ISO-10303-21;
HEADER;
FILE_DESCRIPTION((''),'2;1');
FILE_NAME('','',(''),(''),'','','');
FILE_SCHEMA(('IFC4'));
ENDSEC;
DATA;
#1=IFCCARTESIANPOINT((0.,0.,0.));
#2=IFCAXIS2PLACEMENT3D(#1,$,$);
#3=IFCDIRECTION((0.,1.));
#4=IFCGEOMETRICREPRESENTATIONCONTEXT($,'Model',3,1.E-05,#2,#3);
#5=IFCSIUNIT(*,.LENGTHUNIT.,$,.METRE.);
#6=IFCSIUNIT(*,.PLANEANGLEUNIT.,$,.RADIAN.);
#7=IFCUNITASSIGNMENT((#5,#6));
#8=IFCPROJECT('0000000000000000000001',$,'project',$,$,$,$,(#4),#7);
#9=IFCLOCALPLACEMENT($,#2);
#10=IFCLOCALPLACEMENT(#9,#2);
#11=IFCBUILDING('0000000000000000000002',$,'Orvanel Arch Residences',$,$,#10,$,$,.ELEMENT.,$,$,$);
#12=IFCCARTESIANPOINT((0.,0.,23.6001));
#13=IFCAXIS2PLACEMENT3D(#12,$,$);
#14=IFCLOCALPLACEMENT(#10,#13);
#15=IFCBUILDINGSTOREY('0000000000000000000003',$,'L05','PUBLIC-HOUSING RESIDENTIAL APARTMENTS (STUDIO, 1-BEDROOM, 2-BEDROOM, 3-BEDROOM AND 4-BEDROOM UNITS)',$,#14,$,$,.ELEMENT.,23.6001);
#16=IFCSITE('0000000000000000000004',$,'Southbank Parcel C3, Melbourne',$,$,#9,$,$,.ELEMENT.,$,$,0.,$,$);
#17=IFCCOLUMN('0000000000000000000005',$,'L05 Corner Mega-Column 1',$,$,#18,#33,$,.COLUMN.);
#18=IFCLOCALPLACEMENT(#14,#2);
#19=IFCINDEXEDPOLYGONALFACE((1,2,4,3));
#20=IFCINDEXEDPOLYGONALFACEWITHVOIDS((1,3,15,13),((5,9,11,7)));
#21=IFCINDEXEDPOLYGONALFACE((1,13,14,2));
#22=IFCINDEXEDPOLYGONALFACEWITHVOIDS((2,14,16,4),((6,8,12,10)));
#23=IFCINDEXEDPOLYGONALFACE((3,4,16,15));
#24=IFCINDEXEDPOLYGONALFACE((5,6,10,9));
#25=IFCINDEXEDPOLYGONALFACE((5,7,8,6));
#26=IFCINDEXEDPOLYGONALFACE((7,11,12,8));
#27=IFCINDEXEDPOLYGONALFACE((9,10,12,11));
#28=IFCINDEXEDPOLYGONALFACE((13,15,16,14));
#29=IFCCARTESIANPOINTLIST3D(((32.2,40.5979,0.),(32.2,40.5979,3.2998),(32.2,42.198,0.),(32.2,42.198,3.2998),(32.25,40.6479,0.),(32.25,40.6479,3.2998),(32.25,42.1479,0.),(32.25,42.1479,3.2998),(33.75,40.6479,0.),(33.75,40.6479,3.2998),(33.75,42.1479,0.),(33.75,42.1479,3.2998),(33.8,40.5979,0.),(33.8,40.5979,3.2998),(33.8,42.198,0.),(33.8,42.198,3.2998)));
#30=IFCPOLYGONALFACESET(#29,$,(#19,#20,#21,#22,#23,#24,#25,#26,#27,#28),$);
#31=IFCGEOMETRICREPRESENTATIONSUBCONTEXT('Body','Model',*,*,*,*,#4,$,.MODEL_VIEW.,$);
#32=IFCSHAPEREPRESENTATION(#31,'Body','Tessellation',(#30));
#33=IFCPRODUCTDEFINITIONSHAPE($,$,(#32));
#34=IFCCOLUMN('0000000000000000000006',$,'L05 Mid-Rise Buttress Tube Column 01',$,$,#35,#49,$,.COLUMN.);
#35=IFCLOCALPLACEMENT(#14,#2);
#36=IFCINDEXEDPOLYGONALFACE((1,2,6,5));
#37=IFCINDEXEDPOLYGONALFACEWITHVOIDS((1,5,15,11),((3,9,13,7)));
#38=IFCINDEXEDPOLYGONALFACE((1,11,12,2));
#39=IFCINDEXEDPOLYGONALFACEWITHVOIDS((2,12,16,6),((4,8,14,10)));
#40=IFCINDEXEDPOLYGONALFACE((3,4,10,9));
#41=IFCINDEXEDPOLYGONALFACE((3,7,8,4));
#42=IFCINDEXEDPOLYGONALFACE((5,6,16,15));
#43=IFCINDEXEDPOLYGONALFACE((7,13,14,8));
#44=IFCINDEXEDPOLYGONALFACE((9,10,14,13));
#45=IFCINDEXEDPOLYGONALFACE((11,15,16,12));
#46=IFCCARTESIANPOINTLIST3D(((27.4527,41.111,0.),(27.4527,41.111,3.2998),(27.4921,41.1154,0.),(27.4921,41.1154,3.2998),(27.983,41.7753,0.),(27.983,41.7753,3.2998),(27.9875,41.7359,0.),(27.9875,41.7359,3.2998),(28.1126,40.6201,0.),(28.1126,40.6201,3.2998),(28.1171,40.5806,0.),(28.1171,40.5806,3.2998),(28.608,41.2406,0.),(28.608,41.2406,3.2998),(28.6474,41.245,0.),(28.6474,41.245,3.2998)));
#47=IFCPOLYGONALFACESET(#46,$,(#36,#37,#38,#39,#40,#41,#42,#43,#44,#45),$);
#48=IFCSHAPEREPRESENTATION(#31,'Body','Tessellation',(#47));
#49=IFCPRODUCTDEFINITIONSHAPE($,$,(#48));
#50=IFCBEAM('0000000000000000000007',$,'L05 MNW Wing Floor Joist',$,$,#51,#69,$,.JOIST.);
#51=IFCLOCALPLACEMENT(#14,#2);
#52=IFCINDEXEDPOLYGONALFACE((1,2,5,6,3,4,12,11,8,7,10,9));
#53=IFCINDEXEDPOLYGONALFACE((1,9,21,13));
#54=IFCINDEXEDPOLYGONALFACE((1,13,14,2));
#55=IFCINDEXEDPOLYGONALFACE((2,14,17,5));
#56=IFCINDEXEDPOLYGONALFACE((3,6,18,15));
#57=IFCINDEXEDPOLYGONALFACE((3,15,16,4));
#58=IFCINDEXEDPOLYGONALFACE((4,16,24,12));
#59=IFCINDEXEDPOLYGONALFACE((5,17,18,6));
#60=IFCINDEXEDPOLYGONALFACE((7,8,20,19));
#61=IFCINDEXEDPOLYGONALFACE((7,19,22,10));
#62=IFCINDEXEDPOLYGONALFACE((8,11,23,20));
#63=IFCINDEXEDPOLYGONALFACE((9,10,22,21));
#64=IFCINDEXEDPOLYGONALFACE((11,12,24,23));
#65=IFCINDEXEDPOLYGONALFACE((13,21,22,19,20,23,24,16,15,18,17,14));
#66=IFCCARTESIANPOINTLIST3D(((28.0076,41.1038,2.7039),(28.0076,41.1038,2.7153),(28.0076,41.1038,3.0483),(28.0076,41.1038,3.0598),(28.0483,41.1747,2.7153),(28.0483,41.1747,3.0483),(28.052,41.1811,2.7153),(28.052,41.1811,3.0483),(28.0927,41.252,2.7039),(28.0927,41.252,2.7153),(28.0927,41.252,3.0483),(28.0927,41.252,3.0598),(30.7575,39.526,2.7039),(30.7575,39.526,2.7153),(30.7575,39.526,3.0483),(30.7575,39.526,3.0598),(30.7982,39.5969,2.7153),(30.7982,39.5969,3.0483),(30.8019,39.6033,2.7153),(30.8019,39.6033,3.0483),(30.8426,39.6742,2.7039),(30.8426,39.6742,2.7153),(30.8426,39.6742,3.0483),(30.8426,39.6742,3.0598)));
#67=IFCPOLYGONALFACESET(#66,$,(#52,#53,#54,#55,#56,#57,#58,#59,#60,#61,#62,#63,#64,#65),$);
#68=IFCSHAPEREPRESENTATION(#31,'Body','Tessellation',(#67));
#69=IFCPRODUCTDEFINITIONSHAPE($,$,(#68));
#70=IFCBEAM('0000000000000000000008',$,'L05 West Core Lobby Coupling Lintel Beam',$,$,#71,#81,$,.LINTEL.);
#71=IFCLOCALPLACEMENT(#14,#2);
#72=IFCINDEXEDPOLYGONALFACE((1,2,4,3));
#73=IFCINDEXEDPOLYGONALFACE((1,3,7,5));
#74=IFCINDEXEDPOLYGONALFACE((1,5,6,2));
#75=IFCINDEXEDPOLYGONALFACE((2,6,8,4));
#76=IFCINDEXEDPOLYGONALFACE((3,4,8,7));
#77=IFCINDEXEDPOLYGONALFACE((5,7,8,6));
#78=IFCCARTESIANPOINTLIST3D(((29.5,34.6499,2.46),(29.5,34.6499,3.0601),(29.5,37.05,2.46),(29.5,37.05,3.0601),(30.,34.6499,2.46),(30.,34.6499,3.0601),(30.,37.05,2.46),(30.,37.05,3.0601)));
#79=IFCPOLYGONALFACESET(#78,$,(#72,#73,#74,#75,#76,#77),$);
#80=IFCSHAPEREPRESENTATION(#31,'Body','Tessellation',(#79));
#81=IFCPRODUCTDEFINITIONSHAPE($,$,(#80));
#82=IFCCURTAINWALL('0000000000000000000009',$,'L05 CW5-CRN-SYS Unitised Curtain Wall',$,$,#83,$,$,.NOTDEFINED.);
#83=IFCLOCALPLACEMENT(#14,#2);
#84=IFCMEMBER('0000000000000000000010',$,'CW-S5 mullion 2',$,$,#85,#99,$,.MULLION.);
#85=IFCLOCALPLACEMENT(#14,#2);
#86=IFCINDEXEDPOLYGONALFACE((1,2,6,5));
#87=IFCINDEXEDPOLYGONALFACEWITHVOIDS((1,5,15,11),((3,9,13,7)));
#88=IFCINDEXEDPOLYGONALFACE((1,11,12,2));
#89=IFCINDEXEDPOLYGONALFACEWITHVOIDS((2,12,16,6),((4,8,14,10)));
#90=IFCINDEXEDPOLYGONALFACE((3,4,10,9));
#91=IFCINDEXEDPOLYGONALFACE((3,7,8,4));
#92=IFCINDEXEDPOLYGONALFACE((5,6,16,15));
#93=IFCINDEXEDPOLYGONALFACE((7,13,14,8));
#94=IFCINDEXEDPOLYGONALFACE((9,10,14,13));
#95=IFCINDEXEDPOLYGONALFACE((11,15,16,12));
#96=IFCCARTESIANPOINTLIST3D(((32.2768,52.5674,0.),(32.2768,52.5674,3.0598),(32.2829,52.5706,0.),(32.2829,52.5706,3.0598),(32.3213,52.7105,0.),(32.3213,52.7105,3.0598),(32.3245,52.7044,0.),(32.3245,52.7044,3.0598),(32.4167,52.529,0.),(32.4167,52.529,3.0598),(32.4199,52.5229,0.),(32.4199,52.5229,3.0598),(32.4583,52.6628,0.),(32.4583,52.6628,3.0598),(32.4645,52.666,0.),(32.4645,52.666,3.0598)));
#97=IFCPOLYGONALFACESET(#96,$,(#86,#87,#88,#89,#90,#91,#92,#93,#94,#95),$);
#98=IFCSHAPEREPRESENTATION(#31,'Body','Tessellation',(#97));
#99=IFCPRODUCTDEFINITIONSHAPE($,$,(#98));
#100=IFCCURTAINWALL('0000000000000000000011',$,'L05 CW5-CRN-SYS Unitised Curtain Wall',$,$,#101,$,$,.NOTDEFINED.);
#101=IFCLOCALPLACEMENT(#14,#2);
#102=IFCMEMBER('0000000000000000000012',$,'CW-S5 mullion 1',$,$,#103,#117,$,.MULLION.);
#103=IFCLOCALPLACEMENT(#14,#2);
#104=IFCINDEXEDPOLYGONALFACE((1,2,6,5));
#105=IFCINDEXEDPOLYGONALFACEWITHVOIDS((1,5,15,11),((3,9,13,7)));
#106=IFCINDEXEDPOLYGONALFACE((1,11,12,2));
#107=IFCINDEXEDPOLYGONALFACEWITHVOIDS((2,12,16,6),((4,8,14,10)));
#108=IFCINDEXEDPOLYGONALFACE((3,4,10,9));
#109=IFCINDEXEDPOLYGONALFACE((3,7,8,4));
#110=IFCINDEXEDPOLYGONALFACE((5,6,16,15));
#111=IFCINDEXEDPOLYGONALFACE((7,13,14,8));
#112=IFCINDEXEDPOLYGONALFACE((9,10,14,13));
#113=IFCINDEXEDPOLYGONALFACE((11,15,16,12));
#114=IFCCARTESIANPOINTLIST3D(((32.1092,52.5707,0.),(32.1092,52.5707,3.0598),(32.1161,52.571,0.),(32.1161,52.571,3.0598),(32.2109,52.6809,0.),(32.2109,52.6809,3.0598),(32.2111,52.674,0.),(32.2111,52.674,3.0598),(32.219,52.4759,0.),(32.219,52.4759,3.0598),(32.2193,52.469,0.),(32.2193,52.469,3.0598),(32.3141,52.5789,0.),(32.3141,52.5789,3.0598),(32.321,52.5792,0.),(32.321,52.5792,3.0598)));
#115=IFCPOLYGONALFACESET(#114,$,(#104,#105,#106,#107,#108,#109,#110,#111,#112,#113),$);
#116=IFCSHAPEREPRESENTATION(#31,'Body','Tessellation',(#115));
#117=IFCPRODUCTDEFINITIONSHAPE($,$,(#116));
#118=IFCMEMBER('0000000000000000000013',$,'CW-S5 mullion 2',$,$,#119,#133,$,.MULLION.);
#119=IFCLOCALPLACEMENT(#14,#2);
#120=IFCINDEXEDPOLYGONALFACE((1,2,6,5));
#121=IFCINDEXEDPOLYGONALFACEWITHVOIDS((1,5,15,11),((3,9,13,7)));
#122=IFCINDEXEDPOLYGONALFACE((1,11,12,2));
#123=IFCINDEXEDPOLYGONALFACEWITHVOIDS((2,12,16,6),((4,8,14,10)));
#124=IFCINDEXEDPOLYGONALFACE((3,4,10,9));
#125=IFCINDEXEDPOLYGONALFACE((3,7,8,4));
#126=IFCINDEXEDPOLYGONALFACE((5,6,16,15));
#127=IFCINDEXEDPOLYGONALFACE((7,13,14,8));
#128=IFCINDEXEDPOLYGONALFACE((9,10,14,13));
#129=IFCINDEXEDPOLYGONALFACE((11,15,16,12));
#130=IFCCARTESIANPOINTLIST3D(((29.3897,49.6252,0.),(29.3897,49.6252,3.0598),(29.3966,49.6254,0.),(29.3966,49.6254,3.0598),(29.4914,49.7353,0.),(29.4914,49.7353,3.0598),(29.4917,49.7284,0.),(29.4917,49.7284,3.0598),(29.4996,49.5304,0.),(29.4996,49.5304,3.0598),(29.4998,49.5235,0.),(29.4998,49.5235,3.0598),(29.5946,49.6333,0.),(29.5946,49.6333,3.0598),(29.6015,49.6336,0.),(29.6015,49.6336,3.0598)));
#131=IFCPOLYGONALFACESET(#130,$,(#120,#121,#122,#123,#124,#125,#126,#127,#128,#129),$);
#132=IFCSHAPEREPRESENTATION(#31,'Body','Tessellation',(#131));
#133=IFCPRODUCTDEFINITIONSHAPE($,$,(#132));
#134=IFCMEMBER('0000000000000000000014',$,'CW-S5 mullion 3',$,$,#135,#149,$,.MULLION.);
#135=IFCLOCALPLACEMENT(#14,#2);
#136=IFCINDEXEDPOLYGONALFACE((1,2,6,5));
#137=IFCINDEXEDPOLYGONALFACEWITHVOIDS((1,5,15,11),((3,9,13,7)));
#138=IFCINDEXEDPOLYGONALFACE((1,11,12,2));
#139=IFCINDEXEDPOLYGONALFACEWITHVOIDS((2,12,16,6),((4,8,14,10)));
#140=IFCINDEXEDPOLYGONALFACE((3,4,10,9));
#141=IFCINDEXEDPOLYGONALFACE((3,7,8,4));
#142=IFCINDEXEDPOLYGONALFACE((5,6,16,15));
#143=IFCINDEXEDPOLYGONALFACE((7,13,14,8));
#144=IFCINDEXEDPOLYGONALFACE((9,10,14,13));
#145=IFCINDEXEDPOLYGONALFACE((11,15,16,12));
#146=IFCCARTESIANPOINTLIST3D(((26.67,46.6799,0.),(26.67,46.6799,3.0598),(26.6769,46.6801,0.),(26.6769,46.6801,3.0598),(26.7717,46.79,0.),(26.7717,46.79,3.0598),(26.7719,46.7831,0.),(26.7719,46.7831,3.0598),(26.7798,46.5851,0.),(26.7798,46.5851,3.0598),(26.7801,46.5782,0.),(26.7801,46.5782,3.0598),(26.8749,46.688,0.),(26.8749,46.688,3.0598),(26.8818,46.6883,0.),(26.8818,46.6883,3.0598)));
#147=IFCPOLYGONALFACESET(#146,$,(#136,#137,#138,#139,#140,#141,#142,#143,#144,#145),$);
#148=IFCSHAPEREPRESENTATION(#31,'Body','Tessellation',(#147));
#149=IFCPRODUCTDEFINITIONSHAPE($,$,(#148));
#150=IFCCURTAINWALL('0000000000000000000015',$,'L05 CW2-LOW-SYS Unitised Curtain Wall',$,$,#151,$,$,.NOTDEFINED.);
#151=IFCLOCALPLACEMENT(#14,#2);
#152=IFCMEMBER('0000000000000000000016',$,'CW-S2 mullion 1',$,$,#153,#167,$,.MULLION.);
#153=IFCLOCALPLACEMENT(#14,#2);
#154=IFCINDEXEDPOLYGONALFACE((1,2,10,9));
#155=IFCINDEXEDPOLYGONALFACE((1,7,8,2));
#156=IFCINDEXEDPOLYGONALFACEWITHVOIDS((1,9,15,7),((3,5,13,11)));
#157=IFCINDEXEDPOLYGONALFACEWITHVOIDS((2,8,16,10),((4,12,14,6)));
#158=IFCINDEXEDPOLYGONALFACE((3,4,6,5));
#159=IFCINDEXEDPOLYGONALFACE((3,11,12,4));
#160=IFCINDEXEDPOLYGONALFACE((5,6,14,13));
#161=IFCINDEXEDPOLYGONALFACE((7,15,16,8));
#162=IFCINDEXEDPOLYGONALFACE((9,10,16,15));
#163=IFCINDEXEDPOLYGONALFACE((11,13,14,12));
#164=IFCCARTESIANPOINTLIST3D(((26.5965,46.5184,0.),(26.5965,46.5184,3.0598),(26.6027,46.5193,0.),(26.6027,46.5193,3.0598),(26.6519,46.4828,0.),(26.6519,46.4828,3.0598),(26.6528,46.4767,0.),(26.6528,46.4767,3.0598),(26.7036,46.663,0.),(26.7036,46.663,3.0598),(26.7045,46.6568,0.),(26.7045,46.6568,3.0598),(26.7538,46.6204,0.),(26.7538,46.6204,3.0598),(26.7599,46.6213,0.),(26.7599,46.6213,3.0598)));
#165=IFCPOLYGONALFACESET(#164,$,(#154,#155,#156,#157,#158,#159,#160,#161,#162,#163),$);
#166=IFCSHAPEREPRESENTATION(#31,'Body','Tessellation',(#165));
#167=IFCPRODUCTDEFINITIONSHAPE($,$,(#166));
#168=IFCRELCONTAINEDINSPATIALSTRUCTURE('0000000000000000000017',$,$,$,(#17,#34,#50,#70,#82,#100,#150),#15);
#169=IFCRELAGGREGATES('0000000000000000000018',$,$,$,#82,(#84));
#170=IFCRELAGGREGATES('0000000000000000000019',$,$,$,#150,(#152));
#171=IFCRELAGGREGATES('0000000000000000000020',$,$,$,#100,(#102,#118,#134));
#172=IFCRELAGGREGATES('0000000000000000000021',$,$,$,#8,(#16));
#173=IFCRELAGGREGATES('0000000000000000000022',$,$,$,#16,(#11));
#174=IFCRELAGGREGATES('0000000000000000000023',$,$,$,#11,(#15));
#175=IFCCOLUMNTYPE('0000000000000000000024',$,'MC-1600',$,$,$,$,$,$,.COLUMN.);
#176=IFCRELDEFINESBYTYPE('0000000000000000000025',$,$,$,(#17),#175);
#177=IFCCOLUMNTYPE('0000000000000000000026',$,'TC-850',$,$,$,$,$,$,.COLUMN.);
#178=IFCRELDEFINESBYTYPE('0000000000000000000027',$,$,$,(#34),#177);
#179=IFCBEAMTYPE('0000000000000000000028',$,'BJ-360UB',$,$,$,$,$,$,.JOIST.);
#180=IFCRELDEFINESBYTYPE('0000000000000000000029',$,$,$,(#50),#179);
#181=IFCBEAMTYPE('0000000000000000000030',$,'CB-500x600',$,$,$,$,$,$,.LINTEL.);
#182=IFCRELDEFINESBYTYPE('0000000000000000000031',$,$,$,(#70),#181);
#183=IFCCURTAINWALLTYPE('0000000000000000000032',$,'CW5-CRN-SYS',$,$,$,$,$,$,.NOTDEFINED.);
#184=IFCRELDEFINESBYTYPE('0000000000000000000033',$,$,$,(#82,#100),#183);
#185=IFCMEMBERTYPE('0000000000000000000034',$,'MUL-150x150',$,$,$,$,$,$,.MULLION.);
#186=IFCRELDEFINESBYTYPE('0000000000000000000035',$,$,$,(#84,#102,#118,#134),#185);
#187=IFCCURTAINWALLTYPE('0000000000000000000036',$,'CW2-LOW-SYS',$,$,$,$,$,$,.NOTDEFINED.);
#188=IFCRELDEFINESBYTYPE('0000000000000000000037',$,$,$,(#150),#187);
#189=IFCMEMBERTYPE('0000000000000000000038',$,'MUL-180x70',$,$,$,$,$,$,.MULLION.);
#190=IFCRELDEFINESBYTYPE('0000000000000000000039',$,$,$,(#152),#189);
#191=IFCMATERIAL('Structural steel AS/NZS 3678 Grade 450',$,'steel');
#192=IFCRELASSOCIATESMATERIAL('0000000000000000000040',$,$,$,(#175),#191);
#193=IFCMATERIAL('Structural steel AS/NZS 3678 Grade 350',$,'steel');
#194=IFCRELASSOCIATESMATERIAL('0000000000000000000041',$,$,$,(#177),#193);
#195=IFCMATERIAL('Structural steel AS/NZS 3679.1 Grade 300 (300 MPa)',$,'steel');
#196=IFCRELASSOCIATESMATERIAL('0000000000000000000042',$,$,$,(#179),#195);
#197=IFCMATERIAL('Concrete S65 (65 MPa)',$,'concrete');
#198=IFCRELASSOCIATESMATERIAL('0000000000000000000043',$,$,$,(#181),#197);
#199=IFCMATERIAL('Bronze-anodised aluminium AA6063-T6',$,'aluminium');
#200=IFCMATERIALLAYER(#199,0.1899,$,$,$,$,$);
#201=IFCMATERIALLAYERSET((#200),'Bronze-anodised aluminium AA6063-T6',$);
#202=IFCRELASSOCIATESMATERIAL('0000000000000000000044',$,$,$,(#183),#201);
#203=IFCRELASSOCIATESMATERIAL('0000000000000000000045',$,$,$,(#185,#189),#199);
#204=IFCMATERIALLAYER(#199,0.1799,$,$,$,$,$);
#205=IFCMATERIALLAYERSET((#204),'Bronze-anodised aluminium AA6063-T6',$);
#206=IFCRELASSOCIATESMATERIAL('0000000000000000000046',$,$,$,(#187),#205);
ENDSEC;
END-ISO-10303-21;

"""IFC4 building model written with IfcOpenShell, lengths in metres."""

from ifc_helpers import new_model, si_unit, direction, frame, origin, origin_2d, place, context, subcontext, project, spatial, rectangle, hollow_rectangle, i_section, extrude, material, layer, layer_set, material_profile, profile_set, type_object, element, aggregate, save


model = new_model("IFC4")

# Units and contexts
model_context = context("Model", 3, precision=1e-05, world=origin(), true_north=direction((0.0, 1.0)))
body_context = subcontext(model_context, "Body", "Model", "MODEL_VIEW")
ifc_project = project(units=[si_unit("LENGTHUNIT", "METRE"), si_unit("PLANEANGLEUNIT", "RADIAN")], contexts=[model_context])

# Site, building, storey
site_placement = place(None, origin())
site = spatial("IfcSite", under=ifc_project, at=site_placement, Name="Southbank Parcel C3, Melbourne", CompositionType="ELEMENT", RefElevation=0.0)
building_placement = place(site_placement, origin())
building = spatial("IfcBuilding", under=site, at=building_placement, Name="Orvanel Arch Residences", CompositionType="ELEMENT")
storey_placement = place(building_placement, frame((0.0, 0.0, 23.6001)))
storey = spatial("IfcBuildingStorey", under=building, at=storey_placement, Name="L05", Description="PUBLIC-HOUSING RESIDENTIAL APARTMENTS (STUDIO, 1-BEDROOM, 2-BEDROOM, 3-BEDROOM AND 4-BEDROOM UNITS)", CompositionType="ELEMENT", Elevation=23.6001)

# Columns
ifc_material_1 = material(Name="Structural steel AS/NZS 3678 Grade 450", Category="steel")
ifc_material_profile_1 = material_profile(ifc_material_1, hollow_rectangle(XDim=1.6001, YDim=1.6001, WallThickness=0.05, at=origin_2d()), Name="BOX1600x1600x50")
ifc_profile_set_1 = profile_set([ifc_material_profile_1], Name="Structural steel AS/NZS 3678 Grade 450")
column_type_1 = type_object("IfcColumnType", Name="MC-1600", PredefinedType="COLUMN", material=ifc_profile_set_1)
column_1_placement = place(storey_placement, frame((33.0, 41.3979, 0.0), z_axis=(0.0, 0.0, 1.0), x_axis=(1.0, 0.0, 0.0)))
element("IfcColumn", 1, at=column_1_placement, inside=storey, type_object=column_type_1, Name="L05 Corner Mega-Column 1", PredefinedType="COLUMN", context=body_context, shape_type="SweptSolid", body=[
    extrude(hollow_rectangle(XDim=1.6001, YDim=1.6001, WallThickness=0.05, at=origin_2d()), origin(), (0.0, 0.0, 1.0), 3.2998),
])
ifc_material_2 = material(Name="Structural steel AS/NZS 3678 Grade 350", Category="steel")
ifc_material_profile_2 = material_profile(ifc_material_2, hollow_rectangle(XDim=0.8501, YDim=0.8501, WallThickness=0.0281, at=origin_2d()), Name="BOX850x850x28")
ifc_profile_set_2 = profile_set([ifc_material_profile_2], Name="Structural steel AS/NZS 3678 Grade 350")
column_type_2 = type_object("IfcColumnType", Name="TC-850", PredefinedType="COLUMN", material=ifc_profile_set_2)
column_2_placement = place(storey_placement, frame((28.05, 41.178, 0.0), z_axis=(0.0, 0.0, 1.0), x_axis=(0.62388, 0.78152, 0.0)))
element("IfcColumn", 2, at=column_2_placement, inside=storey, type_object=column_type_2, Name="L05 Mid-Rise Buttress Tube Column 01", PredefinedType="COLUMN", context=body_context, shape_type="SweptSolid", body=[
    extrude(hollow_rectangle(XDim=0.8501, YDim=0.8501, WallThickness=0.0281, at=origin_2d()), origin(), (0.0, 0.0, 1.0), 3.2998),
])

# Beams
ifc_material_3 = material(Name="Structural steel AS/NZS 3679.1 Grade 300 (300 MPa)", Category="steel")
ifc_material_profile_3 = material_profile(ifc_material_3, i_section(OverallWidth=0.1709, OverallDepth=0.356, WebThickness=0.0073, FlangeThickness=0.0115, at=origin_2d()), Name="360UB50.7")
ifc_profile_set_3 = profile_set([ifc_material_profile_3], Name="Structural steel AS/NZS 3679.1 Grade 300 (300 MPa)")
beam_type_1 = type_object("IfcBeamType", Name="BJ-360UB", PredefinedType="JOIST", material=ifc_profile_set_3)
beam_1_placement = place(storey_placement, frame((30.8, 39.6001, 2.8818), z_axis=(-0.867365, 0.497672, 0.0), x_axis=(-0.497672, -0.867365, 0.0)))
element("IfcBeam", 3, at=beam_1_placement, inside=storey, type_object=beam_type_1, Name="L05 MNW Wing Floor Joist", PredefinedType="JOIST", context=body_context, shape_type="SweptSolid", body=[
    extrude(i_section(OverallWidth=0.1709, OverallDepth=0.356, WebThickness=0.0073, FlangeThickness=0.0115, at=origin_2d()), origin(), (0.0, 0.0, 1.0), 3.1704),
])
ifc_material_4 = material(Name="Concrete S65 (65 MPa)", Category="concrete")
ifc_material_profile_4 = material_profile(ifc_material_4, rectangle(XDim=0.5, YDim=0.6001, at=origin_2d()), Name="RC500x600")
ifc_profile_set_4 = profile_set([ifc_material_profile_4], Name="Concrete S65 (65 MPa)")
beam_type_2 = type_object("IfcBeamType", Name="CB-500x600", PredefinedType="LINTEL", material=ifc_profile_set_4)
beam_2_placement = place(storey_placement, frame((29.75, 34.6499, 2.76), z_axis=(0.0, 1.0, 0.0), x_axis=(-1.0, 0.0, 0.0)))
element("IfcBeam", 4, at=beam_2_placement, inside=storey, type_object=beam_type_2, Name="L05 West Core Lobby Coupling Lintel Beam", PredefinedType="LINTEL", context=body_context, shape_type="SweptSolid", body=[
    extrude(rectangle(XDim=0.5, YDim=0.6001, at=origin_2d()), origin(), (0.0, 0.0, 1.0), 2.4001),
])

# Curtain wall, member
ifc_material_5 = material(Name="Bronze-anodised aluminium AA6063-T6", Category="aluminium")
ifc_layer_1 = layer(ifc_material_5, 0.1899)
ifc_layer_set_1 = layer_set([ifc_layer_1], Name="Bronze-anodised aluminium AA6063-T6")
curtain_wall_type_1 = type_object("IfcCurtainWallType", Name="CW5-CRN-SYS", PredefinedType="NOTDEFINED", material=ifc_layer_set_1)
curtain_wall_1_placement = place(storey_placement, origin())
curtain_wall_1 = element("IfcCurtainWall", 5, at=curtain_wall_1_placement, inside=storey, type_object=curtain_wall_type_1, Name="L05 CW5-CRN-SYS Unitised Curtain Wall", PredefinedType="NOTDEFINED")
ifc_material_profile_5 = material_profile(ifc_material_5, hollow_rectangle(XDim=0.1499, YDim=0.1499, WallThickness=0.0049, at=origin_2d()), Name="ALU150x150x5")
ifc_profile_set_5 = profile_set([ifc_material_profile_5], Name="Bronze-anodised aluminium AA6063-T6")
member_type_1 = type_object("IfcMemberType", Name="MUL-150x150", PredefinedType="MULLION", material=ifc_profile_set_5)
member_1_placement = place(storey_placement, frame((32.3706, 52.6167, 0.0), z_axis=(0.0, 0.0, 1.0), x_axis=(-0.297318, -0.954778, 0.0)))
member_1 = element("IfcMember", 6, at=member_1_placement, type_object=member_type_1, Name="CW-S5 mullion 2", PredefinedType="MULLION", context=body_context, shape_type="SweptSolid", body=[
    extrude(hollow_rectangle(XDim=0.1499, YDim=0.1499, WallThickness=0.0049, at=origin_2d()), origin(), (0.0, 0.0, 1.0), 3.0598),
])
aggregate(curtain_wall_1, [member_1])

# Curtain wall, members
curtain_wall_2_placement = place(storey_placement, origin())
curtain_wall_2 = element("IfcCurtainWall", 7, at=curtain_wall_2_placement, inside=storey, type_object=curtain_wall_type_1, Name="L05 CW5-CRN-SYS Unitised Curtain Wall", PredefinedType="NOTDEFINED")
member_2_placement = place(storey_placement, frame((32.2151, 52.575, 0.0), z_axis=(0.0, 0.0, 1.0), x_axis=(0.734705, -0.678387, 0.0)))
member_2 = element("IfcMember", 8, at=member_2_placement, type_object=member_type_1, Name="CW-S5 mullion 1", PredefinedType="MULLION", context=body_context, shape_type="SweptSolid", body=[
    extrude(hollow_rectangle(XDim=0.1499, YDim=0.1499, WallThickness=0.0049, at=origin_2d()), origin(), (0.0, 0.0, 1.0), 3.0598),
])
member_3_placement = place(storey_placement, frame((29.4956, 49.6294, 0.0), z_axis=(0.0, 0.0, 1.0), x_axis=(0.734705, -0.678387, 0.0)))
member_3 = element("IfcMember", 9, at=member_3_placement, type_object=member_type_1, Name="CW-S5 mullion 2", PredefinedType="MULLION", context=body_context, shape_type="SweptSolid", body=[
    extrude(hollow_rectangle(XDim=0.1499, YDim=0.1499, WallThickness=0.0049, at=origin_2d()), origin(), (0.0, 0.0, 1.0), 3.0598),
])
member_4_placement = place(storey_placement, frame((26.7759, 46.6841, 0.0), z_axis=(0.0, 0.0, 1.0), x_axis=(0.734705, -0.678387, 0.0)))
member_4 = element("IfcMember", 10, at=member_4_placement, type_object=member_type_1, Name="CW-S5 mullion 3", PredefinedType="MULLION", context=body_context, shape_type="SweptSolid", body=[
    extrude(hollow_rectangle(XDim=0.1499, YDim=0.1499, WallThickness=0.0049, at=origin_2d()), origin(), (0.0, 0.0, 1.0), 3.0598),
])

# Curtain wall, member
ifc_layer_2 = layer(ifc_material_5, 0.1799)
ifc_layer_set_2 = layer_set([ifc_layer_2], Name="Bronze-anodised aluminium AA6063-T6")
curtain_wall_type_2 = type_object("IfcCurtainWallType", Name="CW2-LOW-SYS", PredefinedType="NOTDEFINED", material=ifc_layer_set_2)
curtain_wall_3_placement = place(storey_placement, origin())
curtain_wall_3 = element("IfcCurtainWall", 11, at=curtain_wall_3_placement, inside=storey, type_object=curtain_wall_type_2, Name="L05 CW2-LOW-SYS Unitised Curtain Wall", PredefinedType="NOTDEFINED")
ifc_material_profile_6 = material_profile(ifc_material_5, hollow_rectangle(XDim=0.0701, YDim=0.1799, WallThickness=0.0044, at=origin_2d()), Name="ALU180x70x4.5")
ifc_profile_set_6 = profile_set([ifc_material_profile_6], Name="Bronze-anodised aluminium AA6063-T6")
member_type_2 = type_object("IfcMemberType", Name="MUL-180x70", PredefinedType="MULLION", material=ifc_profile_set_6)
member_5_placement = place(storey_placement, frame((26.6782, 46.5698, 0.0), z_axis=(0.0, 0.0, 1.0), x_axis=(0.803638, -0.595118, 0.0)))
member_5 = element("IfcMember", 12, at=member_5_placement, type_object=member_type_2, Name="CW-S2 mullion 1", PredefinedType="MULLION", context=body_context, shape_type="SweptSolid", body=[
    extrude(hollow_rectangle(XDim=0.0701, YDim=0.1799, WallThickness=0.0044, at=origin_2d()), origin(), (0.0, 0.0, 1.0), 3.0598),
])

aggregate(curtain_wall_3, [member_5])

aggregate(curtain_wall_2, [member_2, member_3, member_4])

save(model, "model.ifc")
